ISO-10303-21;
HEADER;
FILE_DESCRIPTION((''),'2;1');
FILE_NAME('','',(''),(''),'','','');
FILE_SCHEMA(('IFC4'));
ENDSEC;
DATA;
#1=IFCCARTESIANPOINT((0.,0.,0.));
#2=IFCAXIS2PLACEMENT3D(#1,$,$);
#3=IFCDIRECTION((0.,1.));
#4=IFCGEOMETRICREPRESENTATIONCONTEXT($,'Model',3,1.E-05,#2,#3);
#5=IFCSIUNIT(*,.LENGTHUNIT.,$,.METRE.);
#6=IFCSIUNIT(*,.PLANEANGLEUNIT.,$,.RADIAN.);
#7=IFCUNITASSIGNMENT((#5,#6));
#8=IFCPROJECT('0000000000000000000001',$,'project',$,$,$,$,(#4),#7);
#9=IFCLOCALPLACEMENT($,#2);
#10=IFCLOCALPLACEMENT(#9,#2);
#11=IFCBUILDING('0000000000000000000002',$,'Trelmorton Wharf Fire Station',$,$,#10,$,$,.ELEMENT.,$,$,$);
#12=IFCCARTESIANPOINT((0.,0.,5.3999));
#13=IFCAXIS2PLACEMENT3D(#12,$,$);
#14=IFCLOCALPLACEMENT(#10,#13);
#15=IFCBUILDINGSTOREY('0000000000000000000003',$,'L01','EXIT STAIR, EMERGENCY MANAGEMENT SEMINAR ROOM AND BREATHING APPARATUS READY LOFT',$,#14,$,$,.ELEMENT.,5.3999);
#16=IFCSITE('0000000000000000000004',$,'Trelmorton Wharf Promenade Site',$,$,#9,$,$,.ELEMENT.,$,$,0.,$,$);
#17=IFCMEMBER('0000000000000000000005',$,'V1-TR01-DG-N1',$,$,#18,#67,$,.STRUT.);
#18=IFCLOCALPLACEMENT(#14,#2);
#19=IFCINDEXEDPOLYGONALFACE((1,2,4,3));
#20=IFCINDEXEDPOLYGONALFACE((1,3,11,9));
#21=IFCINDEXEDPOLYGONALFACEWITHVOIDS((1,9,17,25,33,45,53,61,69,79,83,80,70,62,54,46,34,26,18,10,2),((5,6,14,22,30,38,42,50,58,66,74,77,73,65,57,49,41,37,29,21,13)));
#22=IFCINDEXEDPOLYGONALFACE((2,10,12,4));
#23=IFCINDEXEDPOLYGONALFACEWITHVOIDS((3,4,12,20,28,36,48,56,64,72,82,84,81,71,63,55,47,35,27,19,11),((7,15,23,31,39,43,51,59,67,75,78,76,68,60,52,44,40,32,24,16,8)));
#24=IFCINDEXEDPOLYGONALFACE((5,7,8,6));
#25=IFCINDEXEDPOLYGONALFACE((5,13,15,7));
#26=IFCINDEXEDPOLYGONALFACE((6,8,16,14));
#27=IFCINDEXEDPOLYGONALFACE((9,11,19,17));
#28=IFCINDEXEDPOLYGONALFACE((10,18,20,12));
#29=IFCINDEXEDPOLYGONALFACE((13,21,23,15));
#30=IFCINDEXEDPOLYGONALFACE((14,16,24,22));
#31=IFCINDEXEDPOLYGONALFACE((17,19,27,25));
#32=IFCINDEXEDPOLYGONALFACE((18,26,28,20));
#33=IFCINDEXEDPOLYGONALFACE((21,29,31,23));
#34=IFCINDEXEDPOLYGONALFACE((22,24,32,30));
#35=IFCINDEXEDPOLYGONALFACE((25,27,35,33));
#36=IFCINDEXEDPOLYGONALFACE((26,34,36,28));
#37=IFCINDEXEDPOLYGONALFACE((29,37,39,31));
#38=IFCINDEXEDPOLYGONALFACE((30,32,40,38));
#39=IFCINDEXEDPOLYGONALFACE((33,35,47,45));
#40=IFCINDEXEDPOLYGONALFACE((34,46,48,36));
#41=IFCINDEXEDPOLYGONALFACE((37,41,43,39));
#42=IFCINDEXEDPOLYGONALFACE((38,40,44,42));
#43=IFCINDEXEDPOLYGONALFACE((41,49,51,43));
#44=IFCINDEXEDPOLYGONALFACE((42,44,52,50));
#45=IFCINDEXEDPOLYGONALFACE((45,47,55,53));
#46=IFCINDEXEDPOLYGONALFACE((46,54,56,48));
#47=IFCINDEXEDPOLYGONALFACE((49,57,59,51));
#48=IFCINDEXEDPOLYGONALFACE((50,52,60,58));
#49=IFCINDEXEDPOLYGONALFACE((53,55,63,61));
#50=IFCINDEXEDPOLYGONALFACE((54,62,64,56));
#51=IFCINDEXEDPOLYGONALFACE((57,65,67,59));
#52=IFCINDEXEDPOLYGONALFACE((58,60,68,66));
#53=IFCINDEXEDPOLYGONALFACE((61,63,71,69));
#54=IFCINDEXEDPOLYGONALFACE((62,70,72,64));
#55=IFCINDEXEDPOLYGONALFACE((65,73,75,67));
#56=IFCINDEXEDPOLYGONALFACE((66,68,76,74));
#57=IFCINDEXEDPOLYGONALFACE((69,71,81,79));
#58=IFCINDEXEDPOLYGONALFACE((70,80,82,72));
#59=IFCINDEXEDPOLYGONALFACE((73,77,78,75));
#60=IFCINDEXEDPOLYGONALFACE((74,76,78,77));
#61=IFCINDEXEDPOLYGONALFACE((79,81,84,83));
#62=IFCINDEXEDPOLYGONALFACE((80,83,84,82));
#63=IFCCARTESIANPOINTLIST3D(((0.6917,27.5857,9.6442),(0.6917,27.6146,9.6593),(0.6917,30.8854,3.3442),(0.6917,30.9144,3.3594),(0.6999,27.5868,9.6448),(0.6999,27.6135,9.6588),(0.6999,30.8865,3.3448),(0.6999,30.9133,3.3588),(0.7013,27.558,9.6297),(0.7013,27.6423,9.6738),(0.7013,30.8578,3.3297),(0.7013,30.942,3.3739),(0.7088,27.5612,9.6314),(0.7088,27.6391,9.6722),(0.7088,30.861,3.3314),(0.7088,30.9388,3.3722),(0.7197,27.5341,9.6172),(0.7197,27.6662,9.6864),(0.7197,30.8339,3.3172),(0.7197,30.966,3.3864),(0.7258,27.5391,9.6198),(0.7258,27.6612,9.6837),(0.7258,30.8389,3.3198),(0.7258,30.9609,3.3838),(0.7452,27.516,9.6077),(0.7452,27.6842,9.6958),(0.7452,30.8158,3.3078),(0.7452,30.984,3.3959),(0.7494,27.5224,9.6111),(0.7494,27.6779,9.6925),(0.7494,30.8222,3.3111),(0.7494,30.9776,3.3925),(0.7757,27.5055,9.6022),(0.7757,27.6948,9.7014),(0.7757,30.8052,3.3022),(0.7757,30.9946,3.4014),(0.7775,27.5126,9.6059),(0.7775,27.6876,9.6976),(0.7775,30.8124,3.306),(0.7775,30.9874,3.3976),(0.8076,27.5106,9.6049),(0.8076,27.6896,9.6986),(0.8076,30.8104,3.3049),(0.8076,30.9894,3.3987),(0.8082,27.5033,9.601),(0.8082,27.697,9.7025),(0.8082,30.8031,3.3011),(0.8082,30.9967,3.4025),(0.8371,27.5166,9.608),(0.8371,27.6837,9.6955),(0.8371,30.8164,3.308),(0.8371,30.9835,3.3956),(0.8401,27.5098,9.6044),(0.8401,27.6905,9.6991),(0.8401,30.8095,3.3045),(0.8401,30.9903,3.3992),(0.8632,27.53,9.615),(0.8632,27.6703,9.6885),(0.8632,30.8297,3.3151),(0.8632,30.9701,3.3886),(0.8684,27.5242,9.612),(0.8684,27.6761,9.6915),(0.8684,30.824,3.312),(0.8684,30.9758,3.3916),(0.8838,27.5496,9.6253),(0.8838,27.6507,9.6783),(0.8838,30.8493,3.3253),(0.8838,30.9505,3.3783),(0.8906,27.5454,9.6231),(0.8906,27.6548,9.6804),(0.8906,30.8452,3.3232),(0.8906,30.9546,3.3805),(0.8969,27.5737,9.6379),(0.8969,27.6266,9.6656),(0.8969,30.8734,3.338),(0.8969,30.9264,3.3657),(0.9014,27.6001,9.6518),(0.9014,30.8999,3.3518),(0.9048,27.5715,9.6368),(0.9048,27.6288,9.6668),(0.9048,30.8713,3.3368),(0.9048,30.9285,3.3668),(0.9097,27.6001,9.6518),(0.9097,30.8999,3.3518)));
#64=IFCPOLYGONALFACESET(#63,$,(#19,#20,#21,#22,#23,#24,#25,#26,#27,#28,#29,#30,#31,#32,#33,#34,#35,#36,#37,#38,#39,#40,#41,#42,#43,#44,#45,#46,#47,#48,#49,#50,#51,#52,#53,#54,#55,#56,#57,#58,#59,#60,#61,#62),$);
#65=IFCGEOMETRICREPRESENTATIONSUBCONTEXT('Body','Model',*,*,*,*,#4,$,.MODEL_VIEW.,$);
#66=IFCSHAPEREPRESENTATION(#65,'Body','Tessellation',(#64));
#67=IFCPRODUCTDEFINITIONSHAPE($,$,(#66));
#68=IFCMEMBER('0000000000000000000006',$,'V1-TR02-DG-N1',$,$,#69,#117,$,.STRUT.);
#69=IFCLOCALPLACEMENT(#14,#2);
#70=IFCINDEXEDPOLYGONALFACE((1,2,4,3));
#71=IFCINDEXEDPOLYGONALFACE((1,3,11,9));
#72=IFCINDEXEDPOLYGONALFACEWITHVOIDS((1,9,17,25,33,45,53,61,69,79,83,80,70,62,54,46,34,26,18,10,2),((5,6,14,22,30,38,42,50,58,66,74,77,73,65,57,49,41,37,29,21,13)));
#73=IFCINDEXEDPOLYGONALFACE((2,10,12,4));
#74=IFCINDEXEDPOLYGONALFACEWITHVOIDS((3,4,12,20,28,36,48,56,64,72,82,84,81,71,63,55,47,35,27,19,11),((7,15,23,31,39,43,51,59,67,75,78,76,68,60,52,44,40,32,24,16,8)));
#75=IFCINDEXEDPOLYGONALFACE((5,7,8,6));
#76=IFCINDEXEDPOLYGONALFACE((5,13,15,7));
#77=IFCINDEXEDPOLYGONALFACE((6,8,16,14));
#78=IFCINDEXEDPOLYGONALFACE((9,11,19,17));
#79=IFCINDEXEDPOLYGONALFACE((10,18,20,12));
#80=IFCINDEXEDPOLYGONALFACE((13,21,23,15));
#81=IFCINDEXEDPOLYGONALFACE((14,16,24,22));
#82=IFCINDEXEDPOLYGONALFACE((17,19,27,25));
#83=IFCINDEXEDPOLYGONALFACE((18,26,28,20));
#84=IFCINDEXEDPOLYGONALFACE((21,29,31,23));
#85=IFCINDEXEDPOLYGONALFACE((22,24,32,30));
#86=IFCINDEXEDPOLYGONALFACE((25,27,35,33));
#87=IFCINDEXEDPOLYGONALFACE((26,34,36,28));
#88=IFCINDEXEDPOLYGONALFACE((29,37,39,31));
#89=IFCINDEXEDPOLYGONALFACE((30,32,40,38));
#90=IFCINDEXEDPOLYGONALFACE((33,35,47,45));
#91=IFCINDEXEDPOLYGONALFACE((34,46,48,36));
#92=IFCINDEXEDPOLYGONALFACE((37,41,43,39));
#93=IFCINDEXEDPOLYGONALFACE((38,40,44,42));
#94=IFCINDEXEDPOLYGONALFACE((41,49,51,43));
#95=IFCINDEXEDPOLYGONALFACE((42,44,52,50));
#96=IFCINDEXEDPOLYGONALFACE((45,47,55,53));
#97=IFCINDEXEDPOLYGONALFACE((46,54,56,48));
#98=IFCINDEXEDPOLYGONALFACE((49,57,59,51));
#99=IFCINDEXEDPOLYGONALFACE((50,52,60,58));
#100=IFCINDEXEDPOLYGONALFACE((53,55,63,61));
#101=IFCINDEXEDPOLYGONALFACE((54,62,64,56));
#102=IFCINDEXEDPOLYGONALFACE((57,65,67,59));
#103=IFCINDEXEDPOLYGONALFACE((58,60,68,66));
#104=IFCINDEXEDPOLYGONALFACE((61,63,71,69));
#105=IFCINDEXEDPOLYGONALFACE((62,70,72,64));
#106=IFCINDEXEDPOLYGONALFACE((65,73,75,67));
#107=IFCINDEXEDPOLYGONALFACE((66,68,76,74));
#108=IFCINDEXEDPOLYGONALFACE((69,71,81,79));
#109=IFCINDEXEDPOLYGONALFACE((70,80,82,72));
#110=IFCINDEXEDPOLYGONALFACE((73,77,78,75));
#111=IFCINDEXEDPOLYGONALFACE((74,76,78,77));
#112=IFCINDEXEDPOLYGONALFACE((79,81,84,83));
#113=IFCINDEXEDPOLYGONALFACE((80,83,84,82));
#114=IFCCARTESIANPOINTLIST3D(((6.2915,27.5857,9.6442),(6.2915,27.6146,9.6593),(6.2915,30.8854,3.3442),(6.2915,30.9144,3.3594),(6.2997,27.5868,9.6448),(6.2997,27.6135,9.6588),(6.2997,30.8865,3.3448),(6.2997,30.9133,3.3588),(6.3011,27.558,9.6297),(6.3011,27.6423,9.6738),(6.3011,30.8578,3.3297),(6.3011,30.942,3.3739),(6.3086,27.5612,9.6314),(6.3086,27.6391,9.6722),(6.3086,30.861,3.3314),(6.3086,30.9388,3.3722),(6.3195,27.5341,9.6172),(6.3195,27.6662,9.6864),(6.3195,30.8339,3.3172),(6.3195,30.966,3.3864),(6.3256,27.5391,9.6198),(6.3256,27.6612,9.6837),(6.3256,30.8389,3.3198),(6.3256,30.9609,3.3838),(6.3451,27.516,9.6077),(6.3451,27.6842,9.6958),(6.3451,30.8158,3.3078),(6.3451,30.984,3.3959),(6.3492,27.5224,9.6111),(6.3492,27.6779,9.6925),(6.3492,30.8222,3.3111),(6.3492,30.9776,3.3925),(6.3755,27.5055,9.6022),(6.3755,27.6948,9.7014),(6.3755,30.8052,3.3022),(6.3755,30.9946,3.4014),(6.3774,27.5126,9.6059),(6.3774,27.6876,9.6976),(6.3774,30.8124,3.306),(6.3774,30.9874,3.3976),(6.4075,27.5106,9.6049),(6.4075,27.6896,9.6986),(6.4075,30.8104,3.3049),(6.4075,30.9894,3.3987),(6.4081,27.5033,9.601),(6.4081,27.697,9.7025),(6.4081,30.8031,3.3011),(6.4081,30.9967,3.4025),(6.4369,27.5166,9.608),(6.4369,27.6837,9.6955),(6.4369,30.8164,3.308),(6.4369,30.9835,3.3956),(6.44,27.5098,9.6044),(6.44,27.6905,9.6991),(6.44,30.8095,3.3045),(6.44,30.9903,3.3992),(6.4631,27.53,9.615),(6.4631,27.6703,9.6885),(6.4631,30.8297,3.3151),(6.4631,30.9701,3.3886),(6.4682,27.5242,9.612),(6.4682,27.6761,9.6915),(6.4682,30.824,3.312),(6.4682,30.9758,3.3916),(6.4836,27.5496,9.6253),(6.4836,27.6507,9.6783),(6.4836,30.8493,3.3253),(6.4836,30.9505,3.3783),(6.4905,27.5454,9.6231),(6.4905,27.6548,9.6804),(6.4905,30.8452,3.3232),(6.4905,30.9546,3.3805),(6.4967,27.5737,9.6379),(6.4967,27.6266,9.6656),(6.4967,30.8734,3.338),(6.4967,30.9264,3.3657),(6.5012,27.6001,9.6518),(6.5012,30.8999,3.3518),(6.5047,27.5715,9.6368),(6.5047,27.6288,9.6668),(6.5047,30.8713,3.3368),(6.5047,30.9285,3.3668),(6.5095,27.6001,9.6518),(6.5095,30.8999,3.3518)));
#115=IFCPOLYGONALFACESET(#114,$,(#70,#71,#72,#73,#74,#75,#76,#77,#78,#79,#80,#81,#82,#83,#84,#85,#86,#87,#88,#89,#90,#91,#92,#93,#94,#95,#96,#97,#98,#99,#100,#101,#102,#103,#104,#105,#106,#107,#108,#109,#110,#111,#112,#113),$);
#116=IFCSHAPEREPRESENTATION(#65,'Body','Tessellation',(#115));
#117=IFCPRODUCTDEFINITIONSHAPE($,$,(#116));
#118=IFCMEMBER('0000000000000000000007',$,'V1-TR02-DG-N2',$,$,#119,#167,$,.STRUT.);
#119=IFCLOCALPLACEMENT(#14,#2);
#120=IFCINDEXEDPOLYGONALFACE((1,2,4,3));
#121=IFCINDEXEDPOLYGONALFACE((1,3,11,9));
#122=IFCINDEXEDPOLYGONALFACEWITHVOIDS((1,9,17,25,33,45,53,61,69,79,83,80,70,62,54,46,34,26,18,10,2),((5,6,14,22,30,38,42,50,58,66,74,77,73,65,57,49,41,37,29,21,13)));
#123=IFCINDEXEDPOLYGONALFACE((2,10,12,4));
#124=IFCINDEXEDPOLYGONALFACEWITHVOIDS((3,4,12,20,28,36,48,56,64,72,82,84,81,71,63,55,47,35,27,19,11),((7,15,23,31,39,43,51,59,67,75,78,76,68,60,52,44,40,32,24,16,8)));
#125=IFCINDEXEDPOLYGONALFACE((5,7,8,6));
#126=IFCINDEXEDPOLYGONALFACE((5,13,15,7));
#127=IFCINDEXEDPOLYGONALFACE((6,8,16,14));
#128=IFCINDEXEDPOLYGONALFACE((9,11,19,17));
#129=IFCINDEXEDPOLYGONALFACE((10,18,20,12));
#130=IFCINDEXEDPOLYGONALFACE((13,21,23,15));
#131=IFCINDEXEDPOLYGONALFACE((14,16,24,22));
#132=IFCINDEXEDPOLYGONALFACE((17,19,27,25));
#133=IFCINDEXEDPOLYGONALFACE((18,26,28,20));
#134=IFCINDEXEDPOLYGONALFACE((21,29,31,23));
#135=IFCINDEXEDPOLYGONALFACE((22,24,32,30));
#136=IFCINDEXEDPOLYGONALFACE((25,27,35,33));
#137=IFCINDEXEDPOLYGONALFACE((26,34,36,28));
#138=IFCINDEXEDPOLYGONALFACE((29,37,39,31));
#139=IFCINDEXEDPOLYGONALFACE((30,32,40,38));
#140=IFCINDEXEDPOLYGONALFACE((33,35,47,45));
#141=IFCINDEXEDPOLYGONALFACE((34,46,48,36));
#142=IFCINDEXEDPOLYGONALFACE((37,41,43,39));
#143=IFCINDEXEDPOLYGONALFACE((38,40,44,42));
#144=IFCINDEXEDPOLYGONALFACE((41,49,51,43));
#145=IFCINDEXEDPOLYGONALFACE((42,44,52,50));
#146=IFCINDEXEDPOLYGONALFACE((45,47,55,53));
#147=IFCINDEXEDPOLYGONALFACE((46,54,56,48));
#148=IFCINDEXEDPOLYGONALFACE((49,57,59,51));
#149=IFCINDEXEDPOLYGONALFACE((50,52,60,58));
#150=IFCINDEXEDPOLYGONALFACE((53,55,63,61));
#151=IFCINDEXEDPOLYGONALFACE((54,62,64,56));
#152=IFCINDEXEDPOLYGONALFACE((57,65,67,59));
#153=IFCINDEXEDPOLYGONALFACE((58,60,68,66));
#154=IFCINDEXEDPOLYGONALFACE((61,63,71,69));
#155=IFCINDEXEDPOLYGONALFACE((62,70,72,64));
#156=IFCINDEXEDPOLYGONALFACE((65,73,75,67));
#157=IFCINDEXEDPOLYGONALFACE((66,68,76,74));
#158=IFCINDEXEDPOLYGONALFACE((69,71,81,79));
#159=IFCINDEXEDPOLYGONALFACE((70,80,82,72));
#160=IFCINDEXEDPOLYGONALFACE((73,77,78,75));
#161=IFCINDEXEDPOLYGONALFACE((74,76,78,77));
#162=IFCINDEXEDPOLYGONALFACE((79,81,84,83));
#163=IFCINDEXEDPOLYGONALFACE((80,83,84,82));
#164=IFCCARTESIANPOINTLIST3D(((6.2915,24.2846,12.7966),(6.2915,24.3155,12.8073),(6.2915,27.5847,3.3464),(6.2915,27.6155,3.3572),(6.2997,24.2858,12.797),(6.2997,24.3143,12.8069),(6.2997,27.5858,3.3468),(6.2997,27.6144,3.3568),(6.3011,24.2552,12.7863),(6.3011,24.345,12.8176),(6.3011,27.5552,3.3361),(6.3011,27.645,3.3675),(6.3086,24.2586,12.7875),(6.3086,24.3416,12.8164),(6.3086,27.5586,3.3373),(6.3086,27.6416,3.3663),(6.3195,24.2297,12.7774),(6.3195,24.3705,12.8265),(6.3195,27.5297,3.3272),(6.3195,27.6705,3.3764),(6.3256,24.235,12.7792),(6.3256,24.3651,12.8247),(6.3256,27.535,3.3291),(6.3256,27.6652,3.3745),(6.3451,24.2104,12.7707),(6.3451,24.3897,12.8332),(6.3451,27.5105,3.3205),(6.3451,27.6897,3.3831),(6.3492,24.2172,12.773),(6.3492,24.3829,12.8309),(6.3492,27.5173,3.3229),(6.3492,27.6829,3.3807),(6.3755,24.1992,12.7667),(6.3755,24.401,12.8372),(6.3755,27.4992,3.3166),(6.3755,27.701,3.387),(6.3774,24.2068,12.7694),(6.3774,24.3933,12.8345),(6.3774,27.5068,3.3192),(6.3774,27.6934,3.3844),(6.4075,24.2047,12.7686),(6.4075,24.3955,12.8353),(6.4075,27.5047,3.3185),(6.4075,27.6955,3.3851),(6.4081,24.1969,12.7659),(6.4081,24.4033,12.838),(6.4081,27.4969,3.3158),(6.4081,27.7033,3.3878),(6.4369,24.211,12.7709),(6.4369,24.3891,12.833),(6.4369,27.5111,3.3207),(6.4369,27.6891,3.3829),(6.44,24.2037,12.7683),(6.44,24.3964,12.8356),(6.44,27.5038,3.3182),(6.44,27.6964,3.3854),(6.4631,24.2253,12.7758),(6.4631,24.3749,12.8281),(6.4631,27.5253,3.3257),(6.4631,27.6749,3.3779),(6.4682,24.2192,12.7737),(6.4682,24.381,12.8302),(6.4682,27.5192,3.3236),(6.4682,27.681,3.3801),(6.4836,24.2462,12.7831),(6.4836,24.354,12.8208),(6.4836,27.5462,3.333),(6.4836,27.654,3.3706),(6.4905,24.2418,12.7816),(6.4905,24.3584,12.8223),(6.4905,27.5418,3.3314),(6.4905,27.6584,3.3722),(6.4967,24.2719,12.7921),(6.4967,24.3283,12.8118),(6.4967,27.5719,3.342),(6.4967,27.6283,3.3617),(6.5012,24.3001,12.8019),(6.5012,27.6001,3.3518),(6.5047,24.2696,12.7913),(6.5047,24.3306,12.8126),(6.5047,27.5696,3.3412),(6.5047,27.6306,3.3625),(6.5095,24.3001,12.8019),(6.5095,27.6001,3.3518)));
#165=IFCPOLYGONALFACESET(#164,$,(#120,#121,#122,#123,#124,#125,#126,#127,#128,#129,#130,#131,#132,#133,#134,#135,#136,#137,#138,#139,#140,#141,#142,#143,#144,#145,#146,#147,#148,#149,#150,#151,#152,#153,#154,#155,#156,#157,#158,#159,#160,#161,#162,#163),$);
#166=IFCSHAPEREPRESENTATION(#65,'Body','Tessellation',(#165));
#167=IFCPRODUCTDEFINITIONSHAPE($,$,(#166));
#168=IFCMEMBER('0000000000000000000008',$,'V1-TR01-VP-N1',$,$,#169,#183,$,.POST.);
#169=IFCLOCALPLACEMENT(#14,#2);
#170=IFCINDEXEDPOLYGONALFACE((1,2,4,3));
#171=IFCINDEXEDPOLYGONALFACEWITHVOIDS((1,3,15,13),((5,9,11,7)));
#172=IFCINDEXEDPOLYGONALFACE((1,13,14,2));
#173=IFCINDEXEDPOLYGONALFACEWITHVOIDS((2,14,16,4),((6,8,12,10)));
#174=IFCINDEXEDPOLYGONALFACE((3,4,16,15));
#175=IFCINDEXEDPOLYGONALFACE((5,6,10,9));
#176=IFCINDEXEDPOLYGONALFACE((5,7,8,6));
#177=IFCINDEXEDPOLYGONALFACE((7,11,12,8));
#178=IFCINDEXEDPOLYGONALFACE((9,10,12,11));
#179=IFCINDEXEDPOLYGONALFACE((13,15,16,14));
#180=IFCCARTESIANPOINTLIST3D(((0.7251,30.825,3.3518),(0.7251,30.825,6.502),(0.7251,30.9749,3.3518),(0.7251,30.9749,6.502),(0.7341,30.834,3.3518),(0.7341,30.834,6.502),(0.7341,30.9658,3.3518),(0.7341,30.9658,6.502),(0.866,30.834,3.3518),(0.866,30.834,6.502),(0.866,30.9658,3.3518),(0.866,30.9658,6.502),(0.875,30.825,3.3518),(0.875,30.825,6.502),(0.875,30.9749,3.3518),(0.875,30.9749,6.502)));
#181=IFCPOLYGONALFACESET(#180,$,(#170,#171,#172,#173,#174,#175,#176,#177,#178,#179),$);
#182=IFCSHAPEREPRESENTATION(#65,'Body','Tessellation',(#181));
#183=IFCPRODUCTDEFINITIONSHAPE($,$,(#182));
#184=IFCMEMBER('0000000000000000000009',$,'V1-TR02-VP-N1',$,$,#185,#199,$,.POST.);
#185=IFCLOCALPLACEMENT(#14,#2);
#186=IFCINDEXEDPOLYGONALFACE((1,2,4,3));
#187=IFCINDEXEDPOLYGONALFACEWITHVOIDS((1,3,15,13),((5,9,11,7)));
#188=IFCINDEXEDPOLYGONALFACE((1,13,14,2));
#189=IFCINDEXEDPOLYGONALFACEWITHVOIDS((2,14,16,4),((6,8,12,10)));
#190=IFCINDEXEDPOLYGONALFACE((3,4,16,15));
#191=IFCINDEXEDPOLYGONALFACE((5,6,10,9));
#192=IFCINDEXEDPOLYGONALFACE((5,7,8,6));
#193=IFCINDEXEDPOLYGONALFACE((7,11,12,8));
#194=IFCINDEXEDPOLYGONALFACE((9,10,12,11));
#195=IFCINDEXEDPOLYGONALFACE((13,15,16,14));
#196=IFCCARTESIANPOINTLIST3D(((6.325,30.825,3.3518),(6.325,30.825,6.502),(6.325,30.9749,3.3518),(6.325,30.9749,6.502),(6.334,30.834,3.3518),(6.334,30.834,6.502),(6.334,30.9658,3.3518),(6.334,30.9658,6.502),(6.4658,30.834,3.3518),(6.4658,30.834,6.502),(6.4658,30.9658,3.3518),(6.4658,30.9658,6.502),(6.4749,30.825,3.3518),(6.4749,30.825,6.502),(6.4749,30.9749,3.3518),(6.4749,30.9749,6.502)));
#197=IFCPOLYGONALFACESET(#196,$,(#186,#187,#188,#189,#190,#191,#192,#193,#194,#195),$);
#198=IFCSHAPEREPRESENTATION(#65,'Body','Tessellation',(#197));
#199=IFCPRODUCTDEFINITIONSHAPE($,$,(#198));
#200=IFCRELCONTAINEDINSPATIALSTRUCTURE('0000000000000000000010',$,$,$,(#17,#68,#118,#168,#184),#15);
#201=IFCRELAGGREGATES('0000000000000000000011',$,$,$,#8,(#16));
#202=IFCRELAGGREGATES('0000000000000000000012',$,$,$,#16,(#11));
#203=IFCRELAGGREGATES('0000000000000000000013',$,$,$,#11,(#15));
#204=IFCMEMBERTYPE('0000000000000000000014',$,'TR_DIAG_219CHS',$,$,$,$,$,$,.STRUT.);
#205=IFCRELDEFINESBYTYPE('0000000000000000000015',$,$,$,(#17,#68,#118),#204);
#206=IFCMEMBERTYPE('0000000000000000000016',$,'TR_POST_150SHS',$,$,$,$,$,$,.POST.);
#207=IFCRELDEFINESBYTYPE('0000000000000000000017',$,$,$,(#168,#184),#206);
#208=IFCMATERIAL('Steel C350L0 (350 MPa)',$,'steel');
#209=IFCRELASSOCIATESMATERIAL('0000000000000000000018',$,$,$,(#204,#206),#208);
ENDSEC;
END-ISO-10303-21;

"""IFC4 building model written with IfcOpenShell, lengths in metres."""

from ifc_helpers import new_model, si_unit, direction, frame, origin, origin_2d, place, context, subcontext, project, spatial, hollow_rectangle, hollow_circle, extrude, material, material_profile, profile_set, type_object, element, save


model = new_model("IFC4")

# Units and contexts
model_context = context("Model", 3, precision=1e-05, world=origin(), true_north=direction((0.0, 1.0)))
body_context = subcontext(model_context, "Body", "Model", "MODEL_VIEW")
ifc_project = project(units=[si_unit("LENGTHUNIT", "METRE"), si_unit("PLANEANGLEUNIT", "RADIAN")], contexts=[model_context])

# Site, building, storey
site_placement = place(None, origin())
site = spatial("IfcSite", under=ifc_project, at=site_placement, Name="Trelmorton Wharf Promenade Site", CompositionType="ELEMENT", RefElevation=0.0)
building_placement = place(site_placement, origin())
building = spatial("IfcBuilding", under=site, at=building_placement, Name="Trelmorton Wharf Fire Station", CompositionType="ELEMENT")
storey_placement = place(building_placement, frame((0.0, 0.0, 5.3999)))
storey = spatial("IfcBuildingStorey", under=building, at=storey_placement, Name="L01", Description="EXIT STAIR, EMERGENCY MANAGEMENT SEMINAR ROOM AND BREATHING APPARATUS READY LOFT", CompositionType="ELEMENT", Elevation=5.3999)

# Members
ifc_material_1 = material(Name="Steel C350L0 (350 MPa)", Category="steel")
ifc_material_profile_1 = material_profile(ifc_material_1, hollow_circle(Radius=0.1096, WallThickness=0.0083, at=origin_2d()), Name="219.1x8.2CHS")
ifc_profile_set_1 = profile_set([ifc_material_profile_1], Name="Steel C350L0 (350 MPa)")
member_type_1 = type_object("IfcMemberType", Name="TR_DIAG_219CHS", PredefinedType="STRUT", material=ifc_profile_set_1)
for number, where, z_axis, x_axis, name in (
    (1, (0.8, 30.8999, 3.3518), (0.0, -0.463983, 0.885844), (1.0, 0.0, 0.0), "V1-TR01-DG-N1"),
    (2, (6.3999, 30.8999, 3.3518), (0.0, -0.463983, 0.885844), (1.0, 0.0, 0.0), "V1-TR02-DG-N1"),
):
    element("IfcMember", number, at=place(storey_placement, frame(where, z_axis=z_axis, x_axis=x_axis)), inside=storey, type_object=member_type_1, Name=name, PredefinedType="STRUT", context=body_context, shape_type="SweptSolid", body=[
        extrude(hollow_circle(Radius=0.1096, WallThickness=0.0083, at=origin_2d()), origin(), (0.0, 0.0, 1.0), 7.1118),
    ])
member_placement = place(storey_placement, frame((6.3999, 27.6001, 3.3518), z_axis=(0.0, -0.329681, 0.944092), x_axis=(1.0, 0.0, 0.0)))
element("IfcMember", 3, at=member_placement, inside=storey, type_object=member_type_1, Name="V1-TR02-DG-N2", PredefinedType="STRUT", context=body_context, shape_type="SweptSolid", body=[
    extrude(hollow_circle(Radius=0.1096, WallThickness=0.0083, at=origin_2d()), origin(), (0.0, 0.0, 1.0), 10.0098),
])
ifc_material_profile_2 = material_profile(ifc_material_1, hollow_rectangle(XDim=0.1499, YDim=0.1499, WallThickness=0.009, at=origin_2d()), Name="150x150x9.0SHS")
ifc_profile_set_2 = profile_set([ifc_material_profile_2], Name="Steel C350L0 (350 MPa)")
member_type_2 = type_object("IfcMemberType", Name="TR_POST_150SHS", PredefinedType="POST", material=ifc_profile_set_2)
for number, where, z_axis, x_axis, name in (
    (4, (0.8, 30.8999, 3.3518), (0.0, 0.0, 1.0), (1.0, 0.0, 0.0), "V1-TR01-VP-N1"),
    (5, (6.3999, 30.8999, 3.3518), (0.0, 0.0, 1.0), (1.0, 0.0, 0.0), "V1-TR02-VP-N1"),
):
    element("IfcMember", number, at=place(storey_placement, frame(where, z_axis=z_axis, x_axis=x_axis)), inside=storey, type_object=member_type_2, Name=name, PredefinedType="POST", context=body_context, shape_type="SweptSolid", body=[
        extrude(hollow_rectangle(XDim=0.1499, YDim=0.1499, WallThickness=0.009, at=origin_2d()), origin(), (0.0, 0.0, 1.0), 3.1501),
    ])

save(model, "model.ifc")
